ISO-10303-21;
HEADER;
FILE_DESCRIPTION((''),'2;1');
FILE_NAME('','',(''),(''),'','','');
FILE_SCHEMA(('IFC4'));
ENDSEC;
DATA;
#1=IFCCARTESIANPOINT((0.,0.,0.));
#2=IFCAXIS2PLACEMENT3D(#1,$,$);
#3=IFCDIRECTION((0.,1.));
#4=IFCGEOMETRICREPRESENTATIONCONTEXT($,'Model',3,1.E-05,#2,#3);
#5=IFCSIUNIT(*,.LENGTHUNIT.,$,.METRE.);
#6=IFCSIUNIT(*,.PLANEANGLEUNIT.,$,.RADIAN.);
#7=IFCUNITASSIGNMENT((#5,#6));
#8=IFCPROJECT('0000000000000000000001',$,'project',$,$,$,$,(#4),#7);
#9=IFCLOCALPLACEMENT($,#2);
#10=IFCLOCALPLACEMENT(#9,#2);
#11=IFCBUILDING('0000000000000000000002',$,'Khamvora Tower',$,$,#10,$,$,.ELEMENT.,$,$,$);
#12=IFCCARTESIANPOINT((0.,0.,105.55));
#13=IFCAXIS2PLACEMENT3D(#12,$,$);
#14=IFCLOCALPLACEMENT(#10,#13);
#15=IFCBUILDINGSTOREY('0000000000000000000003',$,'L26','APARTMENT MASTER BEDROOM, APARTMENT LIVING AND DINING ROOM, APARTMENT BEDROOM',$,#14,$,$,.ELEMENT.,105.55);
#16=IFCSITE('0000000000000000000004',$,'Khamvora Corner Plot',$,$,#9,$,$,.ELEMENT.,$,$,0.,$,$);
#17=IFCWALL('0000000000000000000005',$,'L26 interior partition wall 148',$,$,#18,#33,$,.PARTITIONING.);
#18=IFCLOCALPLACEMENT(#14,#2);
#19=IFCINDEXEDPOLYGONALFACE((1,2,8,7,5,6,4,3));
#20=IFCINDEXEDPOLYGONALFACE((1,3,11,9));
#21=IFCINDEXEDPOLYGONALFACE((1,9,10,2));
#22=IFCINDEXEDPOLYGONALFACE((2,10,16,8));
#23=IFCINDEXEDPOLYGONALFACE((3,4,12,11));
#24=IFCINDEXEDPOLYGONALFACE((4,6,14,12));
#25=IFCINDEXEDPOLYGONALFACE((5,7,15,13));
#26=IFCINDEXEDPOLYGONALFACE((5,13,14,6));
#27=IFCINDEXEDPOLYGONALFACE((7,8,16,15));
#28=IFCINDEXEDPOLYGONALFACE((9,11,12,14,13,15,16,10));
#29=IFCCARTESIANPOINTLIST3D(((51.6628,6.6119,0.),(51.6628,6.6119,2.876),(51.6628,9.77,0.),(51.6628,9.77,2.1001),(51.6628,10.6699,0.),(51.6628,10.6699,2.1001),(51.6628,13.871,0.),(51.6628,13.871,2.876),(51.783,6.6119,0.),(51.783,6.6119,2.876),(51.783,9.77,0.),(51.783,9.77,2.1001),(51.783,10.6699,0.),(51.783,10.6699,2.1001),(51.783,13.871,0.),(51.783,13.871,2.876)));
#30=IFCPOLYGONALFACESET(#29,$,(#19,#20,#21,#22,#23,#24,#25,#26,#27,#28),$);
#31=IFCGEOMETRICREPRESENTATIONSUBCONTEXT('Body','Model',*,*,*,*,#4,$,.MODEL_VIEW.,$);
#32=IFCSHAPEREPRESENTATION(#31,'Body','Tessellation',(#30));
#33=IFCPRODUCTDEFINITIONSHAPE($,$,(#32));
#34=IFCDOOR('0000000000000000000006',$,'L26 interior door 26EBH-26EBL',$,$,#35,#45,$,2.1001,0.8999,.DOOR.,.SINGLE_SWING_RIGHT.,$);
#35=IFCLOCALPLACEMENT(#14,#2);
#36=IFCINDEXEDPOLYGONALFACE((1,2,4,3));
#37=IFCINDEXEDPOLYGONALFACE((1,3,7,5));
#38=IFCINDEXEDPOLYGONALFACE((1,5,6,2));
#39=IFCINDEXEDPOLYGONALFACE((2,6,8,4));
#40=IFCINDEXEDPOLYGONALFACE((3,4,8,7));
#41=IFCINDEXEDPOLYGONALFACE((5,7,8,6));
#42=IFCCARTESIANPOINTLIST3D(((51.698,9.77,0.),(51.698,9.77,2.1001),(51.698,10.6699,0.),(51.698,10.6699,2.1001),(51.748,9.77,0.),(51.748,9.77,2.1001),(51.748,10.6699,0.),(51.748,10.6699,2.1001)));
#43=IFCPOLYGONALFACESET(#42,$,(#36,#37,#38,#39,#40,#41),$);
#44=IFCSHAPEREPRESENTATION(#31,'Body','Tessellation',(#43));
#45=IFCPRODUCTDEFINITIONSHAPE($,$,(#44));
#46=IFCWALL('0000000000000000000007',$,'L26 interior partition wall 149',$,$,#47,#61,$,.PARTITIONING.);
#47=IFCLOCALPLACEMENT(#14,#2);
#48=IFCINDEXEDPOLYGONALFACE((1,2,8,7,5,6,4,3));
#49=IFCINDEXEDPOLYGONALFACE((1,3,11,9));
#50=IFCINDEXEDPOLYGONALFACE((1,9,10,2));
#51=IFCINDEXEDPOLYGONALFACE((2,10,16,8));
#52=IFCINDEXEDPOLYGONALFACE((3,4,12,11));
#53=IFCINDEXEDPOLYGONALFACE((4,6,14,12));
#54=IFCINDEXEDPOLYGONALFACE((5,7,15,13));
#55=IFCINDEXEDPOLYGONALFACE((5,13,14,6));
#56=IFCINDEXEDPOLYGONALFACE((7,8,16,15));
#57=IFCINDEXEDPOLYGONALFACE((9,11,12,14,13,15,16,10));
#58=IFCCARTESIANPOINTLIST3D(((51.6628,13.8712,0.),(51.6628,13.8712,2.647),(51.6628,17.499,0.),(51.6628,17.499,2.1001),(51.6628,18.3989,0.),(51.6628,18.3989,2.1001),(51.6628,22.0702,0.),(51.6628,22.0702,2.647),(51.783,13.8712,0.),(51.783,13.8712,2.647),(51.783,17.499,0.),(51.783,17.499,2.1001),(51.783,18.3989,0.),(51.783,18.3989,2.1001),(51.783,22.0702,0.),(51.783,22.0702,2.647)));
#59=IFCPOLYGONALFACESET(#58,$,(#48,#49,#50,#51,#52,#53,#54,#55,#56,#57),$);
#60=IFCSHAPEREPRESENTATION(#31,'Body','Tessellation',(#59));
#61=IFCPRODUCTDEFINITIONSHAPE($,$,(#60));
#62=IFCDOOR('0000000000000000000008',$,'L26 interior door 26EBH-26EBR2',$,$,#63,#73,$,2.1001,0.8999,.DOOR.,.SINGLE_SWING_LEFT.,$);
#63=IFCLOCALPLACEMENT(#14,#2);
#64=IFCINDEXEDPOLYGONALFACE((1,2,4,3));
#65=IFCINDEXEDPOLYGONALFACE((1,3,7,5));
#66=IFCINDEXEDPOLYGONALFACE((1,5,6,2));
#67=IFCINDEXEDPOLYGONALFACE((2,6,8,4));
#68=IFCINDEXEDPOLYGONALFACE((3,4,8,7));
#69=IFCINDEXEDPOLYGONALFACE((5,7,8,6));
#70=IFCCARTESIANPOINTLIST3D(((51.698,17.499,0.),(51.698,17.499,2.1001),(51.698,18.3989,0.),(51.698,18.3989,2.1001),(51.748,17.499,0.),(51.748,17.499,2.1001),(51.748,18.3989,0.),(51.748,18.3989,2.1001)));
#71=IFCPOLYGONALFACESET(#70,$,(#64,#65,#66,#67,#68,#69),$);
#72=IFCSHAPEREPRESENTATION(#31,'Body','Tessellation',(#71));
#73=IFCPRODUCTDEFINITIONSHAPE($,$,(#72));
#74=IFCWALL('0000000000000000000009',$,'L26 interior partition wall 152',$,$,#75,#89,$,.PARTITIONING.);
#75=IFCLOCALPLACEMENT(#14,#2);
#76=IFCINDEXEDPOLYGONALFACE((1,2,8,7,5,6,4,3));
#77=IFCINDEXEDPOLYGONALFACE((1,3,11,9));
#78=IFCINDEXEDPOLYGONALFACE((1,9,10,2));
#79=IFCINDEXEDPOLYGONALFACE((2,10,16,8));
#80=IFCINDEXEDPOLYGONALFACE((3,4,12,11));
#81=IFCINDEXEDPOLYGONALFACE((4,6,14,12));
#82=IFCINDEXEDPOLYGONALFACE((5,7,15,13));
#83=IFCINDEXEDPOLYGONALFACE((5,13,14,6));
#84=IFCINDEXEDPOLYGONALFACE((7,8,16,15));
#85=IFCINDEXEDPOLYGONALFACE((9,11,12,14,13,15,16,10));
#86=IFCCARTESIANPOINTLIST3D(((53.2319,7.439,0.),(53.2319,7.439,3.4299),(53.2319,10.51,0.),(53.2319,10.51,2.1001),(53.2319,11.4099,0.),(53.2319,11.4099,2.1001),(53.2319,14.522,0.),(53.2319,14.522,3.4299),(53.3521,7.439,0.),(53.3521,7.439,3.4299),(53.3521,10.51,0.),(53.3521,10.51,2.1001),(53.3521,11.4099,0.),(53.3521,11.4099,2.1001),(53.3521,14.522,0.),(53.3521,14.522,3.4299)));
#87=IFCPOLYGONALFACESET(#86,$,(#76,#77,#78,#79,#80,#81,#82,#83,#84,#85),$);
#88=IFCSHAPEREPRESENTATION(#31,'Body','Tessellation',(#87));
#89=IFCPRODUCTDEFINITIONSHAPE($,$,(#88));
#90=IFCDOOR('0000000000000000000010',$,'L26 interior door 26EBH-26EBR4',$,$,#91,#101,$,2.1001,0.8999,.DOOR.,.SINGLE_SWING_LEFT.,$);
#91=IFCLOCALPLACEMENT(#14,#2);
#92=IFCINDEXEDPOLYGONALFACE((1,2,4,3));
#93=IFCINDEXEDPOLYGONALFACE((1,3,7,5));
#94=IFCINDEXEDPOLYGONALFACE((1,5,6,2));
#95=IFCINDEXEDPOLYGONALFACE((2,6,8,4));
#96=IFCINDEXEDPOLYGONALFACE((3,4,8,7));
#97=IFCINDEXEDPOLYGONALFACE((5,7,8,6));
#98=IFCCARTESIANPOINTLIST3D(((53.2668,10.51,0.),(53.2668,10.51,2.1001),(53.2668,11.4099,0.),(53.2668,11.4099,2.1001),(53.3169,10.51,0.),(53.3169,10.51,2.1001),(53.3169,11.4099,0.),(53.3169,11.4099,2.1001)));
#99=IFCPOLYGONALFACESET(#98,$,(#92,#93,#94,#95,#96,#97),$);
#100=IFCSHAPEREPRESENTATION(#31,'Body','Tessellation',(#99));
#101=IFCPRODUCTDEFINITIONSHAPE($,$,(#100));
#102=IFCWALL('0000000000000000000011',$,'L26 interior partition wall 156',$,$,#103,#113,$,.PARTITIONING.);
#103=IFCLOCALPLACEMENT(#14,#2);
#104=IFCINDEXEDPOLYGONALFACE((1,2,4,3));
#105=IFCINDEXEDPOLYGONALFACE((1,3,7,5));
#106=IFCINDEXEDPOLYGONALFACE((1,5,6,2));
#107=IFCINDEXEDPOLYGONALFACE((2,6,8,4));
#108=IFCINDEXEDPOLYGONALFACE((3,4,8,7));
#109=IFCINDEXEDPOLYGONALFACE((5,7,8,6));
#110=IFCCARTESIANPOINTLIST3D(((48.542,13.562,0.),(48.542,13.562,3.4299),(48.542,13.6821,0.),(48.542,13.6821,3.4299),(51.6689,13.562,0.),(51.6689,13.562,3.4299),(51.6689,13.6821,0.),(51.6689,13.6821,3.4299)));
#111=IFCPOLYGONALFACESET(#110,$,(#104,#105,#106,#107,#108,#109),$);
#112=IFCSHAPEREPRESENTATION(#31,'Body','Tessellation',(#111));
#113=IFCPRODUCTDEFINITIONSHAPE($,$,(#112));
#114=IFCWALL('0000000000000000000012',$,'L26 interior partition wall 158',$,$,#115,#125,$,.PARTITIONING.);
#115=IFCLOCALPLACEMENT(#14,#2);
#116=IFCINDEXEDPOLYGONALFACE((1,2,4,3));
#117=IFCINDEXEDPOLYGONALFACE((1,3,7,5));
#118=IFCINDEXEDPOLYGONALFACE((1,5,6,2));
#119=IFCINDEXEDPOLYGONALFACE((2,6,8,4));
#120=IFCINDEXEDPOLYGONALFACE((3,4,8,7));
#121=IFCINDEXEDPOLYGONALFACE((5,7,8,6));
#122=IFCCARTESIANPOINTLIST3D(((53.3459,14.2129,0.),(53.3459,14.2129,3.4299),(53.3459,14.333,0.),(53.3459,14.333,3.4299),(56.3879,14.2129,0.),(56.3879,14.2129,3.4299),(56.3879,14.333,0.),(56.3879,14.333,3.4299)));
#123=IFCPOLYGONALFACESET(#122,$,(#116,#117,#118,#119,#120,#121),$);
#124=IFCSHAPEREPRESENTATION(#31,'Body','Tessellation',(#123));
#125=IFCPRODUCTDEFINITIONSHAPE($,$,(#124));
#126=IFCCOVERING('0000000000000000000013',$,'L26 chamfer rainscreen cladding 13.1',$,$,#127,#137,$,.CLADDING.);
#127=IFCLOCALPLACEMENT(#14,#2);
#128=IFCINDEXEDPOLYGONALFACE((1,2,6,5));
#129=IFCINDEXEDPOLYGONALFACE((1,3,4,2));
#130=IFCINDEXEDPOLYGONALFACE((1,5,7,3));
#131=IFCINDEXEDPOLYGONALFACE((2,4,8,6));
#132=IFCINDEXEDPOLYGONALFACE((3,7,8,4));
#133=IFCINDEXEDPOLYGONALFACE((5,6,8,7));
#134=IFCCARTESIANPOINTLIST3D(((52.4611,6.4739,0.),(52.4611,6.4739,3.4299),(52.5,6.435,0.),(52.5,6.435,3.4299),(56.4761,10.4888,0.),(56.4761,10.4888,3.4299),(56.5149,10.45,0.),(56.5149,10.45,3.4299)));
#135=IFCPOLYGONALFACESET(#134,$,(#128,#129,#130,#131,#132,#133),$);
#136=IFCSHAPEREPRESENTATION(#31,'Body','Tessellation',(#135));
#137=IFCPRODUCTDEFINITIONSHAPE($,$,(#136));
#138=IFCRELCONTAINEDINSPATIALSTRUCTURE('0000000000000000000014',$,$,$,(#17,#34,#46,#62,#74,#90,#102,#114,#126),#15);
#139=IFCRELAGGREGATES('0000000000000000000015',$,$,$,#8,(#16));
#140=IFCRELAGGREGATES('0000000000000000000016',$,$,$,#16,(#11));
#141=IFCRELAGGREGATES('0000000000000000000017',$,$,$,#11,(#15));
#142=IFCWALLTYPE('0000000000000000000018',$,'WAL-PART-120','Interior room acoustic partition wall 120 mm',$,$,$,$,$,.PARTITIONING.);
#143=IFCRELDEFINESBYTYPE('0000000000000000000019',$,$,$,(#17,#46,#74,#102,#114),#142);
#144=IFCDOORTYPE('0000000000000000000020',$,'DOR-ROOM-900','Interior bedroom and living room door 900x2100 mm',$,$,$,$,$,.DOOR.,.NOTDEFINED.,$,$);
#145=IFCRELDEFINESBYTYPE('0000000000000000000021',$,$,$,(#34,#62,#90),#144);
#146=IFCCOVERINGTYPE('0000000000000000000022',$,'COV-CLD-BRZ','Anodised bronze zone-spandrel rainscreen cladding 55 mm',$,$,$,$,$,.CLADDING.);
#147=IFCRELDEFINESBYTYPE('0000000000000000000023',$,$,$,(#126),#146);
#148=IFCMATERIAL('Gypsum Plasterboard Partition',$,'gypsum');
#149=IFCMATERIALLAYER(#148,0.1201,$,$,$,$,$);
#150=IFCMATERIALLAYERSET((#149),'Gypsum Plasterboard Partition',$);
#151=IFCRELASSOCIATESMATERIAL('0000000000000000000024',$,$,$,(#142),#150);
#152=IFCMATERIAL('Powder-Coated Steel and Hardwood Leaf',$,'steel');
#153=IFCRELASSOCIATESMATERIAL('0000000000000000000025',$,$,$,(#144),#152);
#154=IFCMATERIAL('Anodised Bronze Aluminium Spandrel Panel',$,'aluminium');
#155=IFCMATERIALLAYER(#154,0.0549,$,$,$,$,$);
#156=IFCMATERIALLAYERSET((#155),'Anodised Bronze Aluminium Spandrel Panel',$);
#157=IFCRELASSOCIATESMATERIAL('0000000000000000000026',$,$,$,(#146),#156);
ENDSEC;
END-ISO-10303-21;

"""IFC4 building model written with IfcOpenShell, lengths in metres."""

from ifc_helpers import new_model, si_unit, direction, frame, frame_2d, origin, origin_2d, place, context, subcontext, project, spatial, rectangle, extrude, material, layer, layer_set, type_object, element, fill, save


model = new_model("IFC4")

# Units and contexts
model_context = context("Model", 3, precision=1e-05, world=origin(), true_north=direction((0.0, 1.0)))
body_context = subcontext(model_context, "Body", "Model", "MODEL_VIEW")
ifc_project = project(units=[si_unit("LENGTHUNIT", "METRE"), si_unit("PLANEANGLEUNIT", "RADIAN")], contexts=[model_context])

# Site, building, storey
site_placement = place(None, origin())
site = spatial("IfcSite", under=ifc_project, at=site_placement, Name="Khamvora Corner Plot", CompositionType="ELEMENT", RefElevation=0.0)
building_placement = place(site_placement, origin())
building = spatial("IfcBuilding", under=site, at=building_placement, Name="Khamvora Tower", CompositionType="ELEMENT")
storey_placement = place(building_placement, frame((0.0, 0.0, 105.55)))
storey = spatial("IfcBuildingStorey", under=building, at=storey_placement, Name="L26", Description="APARTMENT MASTER BEDROOM, APARTMENT LIVING AND DINING ROOM, APARTMENT BEDROOM", CompositionType="ELEMENT", Elevation=105.55)

# Walls, openings, doors
ifc_material_1 = material(Name="Gypsum Plasterboard Partition", Category="gypsum")
ifc_layer_1 = layer(ifc_material_1, 0.1201)
ifc_layer_set_1 = layer_set([ifc_layer_1], Name="Gypsum Plasterboard Partition")
wall_type_1 = type_object("IfcWallType", Name="WAL-PART-120", Description="Interior room acoustic partition wall 120 mm", PredefinedType="PARTITIONING", material=ifc_layer_set_1)
wall_1_placement = place(storey_placement, frame((51.7229, 6.6121, 0.0), z_axis=(0.0, 0.0, 1.0), x_axis=(0.0, 1.0, 0.0)))
wall_1 = element("IfcWall", 1, at=wall_1_placement, inside=storey, type_object=wall_type_1, Name="L26 interior partition wall 148", PredefinedType="PARTITIONING", context=body_context, shape_type="SweptSolid", body=[
    extrude(rectangle(XDim=7.259, YDim=0.1201, at=frame_2d((3.6294, 0.0))), origin(), (0.0, 0.0, 1.0), 2.876),
])
opening_1_placement = place(wall_1_placement, frame((3.158, 0.0, 0.0)))
opening_1 = element("IfcOpeningElement", 2, at=opening_1_placement, cuts=wall_1, PredefinedType="OPENING", context=body_context, shape_type="SweptSolid", body=[
    extrude(rectangle(XDim=0.8999, YDim=2.1001, at=frame_2d((0.45, 1.05))), frame((0.0, 0.0701, 0.0), z_axis=(0.0, -1.0, 0.0), x_axis=(1.0, 0.0, 0.0)), (0.0, 0.0, 1.0), 0.1401),
])
ifc_material_2 = material(Name="Powder-Coated Steel and Hardwood Leaf", Category="steel")
door_type = type_object("IfcDoorType", Name="DOR-ROOM-900", Description="Interior bedroom and living room door 900x2100 mm", OperationType="NOTDEFINED", PredefinedType="DOOR", material=ifc_material_2)
door_1_placement = place(opening_1_placement, origin())
door_1 = element("IfcDoor", 3, at=door_1_placement, inside=storey, type_object=door_type, Name="L26 interior door 26EBH-26EBL", OperationType="SINGLE_SWING_RIGHT", OverallHeight=2.1001, OverallWidth=0.8999, PredefinedType="DOOR", context=body_context, shape_type="SweptSolid", body=[
    extrude(rectangle(XDim=0.8999, YDim=2.1001, at=frame_2d((0.45, 1.05))), frame((0.0, 0.0249, 0.0), z_axis=(0.0, -1.0, 0.0), x_axis=(1.0, 0.0, 0.0)), (0.0, 0.0, 1.0), 0.05),
])
fill(opening_1, door_1)
wall_2_placement = place(storey_placement, frame((51.7229, 13.8711, 0.0), z_axis=(0.0, 0.0, 1.0), x_axis=(0.0, 1.0, 0.0)))
wall_2 = element("IfcWall", 4, at=wall_2_placement, inside=storey, type_object=wall_type_1, Name="L26 interior partition wall 149", PredefinedType="PARTITIONING", context=body_context, shape_type="SweptSolid", body=[
    extrude(rectangle(XDim=8.199, YDim=0.1201, at=frame_2d((4.0996, 0.0))), origin(), (0.0, 0.0, 1.0), 2.647),
])
opening_2_placement = place(wall_2_placement, frame((3.6279, 0.0, 0.0)))
opening_2 = element("IfcOpeningElement", 5, at=opening_2_placement, cuts=wall_2, PredefinedType="OPENING", context=body_context, shape_type="SweptSolid", body=[
    extrude(rectangle(XDim=0.8999, YDim=2.1001, at=frame_2d((0.45, 1.05))), frame((0.0, 0.0701, 0.0), z_axis=(0.0, -1.0, 0.0), x_axis=(1.0, 0.0, 0.0)), (0.0, 0.0, 1.0), 0.1401),
])
door_2_placement = place(opening_2_placement, origin())
door_2 = element("IfcDoor", 6, at=door_2_placement, inside=storey, type_object=door_type, Name="L26 interior door 26EBH-26EBR2", OperationType="SINGLE_SWING_LEFT", OverallHeight=2.1001, OverallWidth=0.8999, PredefinedType="DOOR", context=body_context, shape_type="SweptSolid", body=[
    extrude(rectangle(XDim=0.8999, YDim=2.1001, at=frame_2d((0.45, 1.05))), frame((0.0, 0.0249, 0.0), z_axis=(0.0, -1.0, 0.0), x_axis=(1.0, 0.0, 0.0)), (0.0, 0.0, 1.0), 0.05),
])
fill(opening_2, door_2)
wall_3_placement = place(storey_placement, frame((53.292, 14.522, 0.0), z_axis=(0.0, 0.0, 1.0), x_axis=(0.0, -1.0, 0.0)))
wall_3 = element("IfcWall", 7, at=wall_3_placement, inside=storey, type_object=wall_type_1, Name="L26 interior partition wall 152", PredefinedType="PARTITIONING", context=body_context, shape_type="SweptSolid", body=[
    extrude(rectangle(XDim=7.083, YDim=0.1201, at=frame_2d((3.5415, 0.0))), origin(), (0.0, 0.0, 1.0), 3.4299),
])
opening_3_placement = place(wall_3_placement, frame((3.1121, 0.0, 0.0)))
opening_3 = element("IfcOpeningElement", 8, at=opening_3_placement, cuts=wall_3, PredefinedType="OPENING", context=body_context, shape_type="SweptSolid", body=[
    extrude(rectangle(XDim=0.8999, YDim=2.1001, at=frame_2d((0.45, 1.05))), frame((0.0, 0.0701, 0.0), z_axis=(0.0, -1.0, 0.0), x_axis=(1.0, 0.0, 0.0)), (0.0, 0.0, 1.0), 0.1401),
])
door_3_placement = place(opening_3_placement, origin())
door_3 = element("IfcDoor", 9, at=door_3_placement, inside=storey, type_object=door_type, Name="L26 interior door 26EBH-26EBR4", OperationType="SINGLE_SWING_LEFT", OverallHeight=2.1001, OverallWidth=0.8999, PredefinedType="DOOR", context=body_context, shape_type="SweptSolid", body=[
    extrude(rectangle(XDim=0.8999, YDim=2.1001, at=frame_2d((0.45, 1.05))), frame((0.0, 0.0249, 0.0), z_axis=(0.0, -1.0, 0.0), x_axis=(1.0, 0.0, 0.0)), (0.0, 0.0, 1.0), 0.05),
])
fill(opening_3, door_3)

# Walls
wall_4_placement = place(storey_placement, frame((48.542, 13.6221, 0.0), z_axis=(0.0, 0.0, 1.0), x_axis=(1.0, 0.0, 0.0)))
element("IfcWall", 10, at=wall_4_placement, inside=storey, type_object=wall_type_1, Name="L26 interior partition wall 156", PredefinedType="PARTITIONING", context=body_context, shape_type="SweptSolid", body=[
    extrude(rectangle(XDim=3.127, YDim=0.1201, at=frame_2d((1.5635, 0.0))), origin(), (0.0, 0.0, 1.0), 3.4299),
])
wall_5_placement = place(storey_placement, frame((53.3459, 14.2729, 0.0), z_axis=(0.0, 0.0, 1.0), x_axis=(1.0, 0.0, 0.0)))
element("IfcWall", 11, at=wall_5_placement, inside=storey, type_object=wall_type_1, Name="L26 interior partition wall 158", PredefinedType="PARTITIONING", context=body_context, shape_type="SweptSolid", body=[
    extrude(rectangle(XDim=3.042, YDim=0.1201, at=frame_2d((1.521, 0.0))), origin(), (0.0, 0.0, 1.0), 3.4299),
])

# Covering
ifc_material_3 = material(Name="Anodised Bronze Aluminium Spandrel Panel", Category="aluminium")
ifc_layer_2 = layer(ifc_material_3, 0.0549)
ifc_layer_set_2 = layer_set([ifc_layer_2], Name="Anodised Bronze Aluminium Spandrel Panel")
covering_type = type_object("IfcCoveringType", Name="COV-CLD-BRZ", Description="Anodised bronze zone-spandrel rainscreen cladding 55 mm", PredefinedType="CLADDING", material=ifc_layer_set_2)
covering_placement = place(storey_placement, frame((54.488, 8.4619, 0.0), z_axis=(0.0, 0.0, 1.0), x_axis=(-0.707107, -0.707107, 0.0)))
element("IfcCovering", 12, at=covering_placement, inside=storey, type_object=covering_type, Name="L26 chamfer rainscreen cladding 13.1", PredefinedType="CLADDING", context=body_context, shape_type="SweptSolid", body=[
    extrude(rectangle(XDim=5.678, YDim=0.0549, at=origin_2d()), origin(), (0.0, 0.0, 1.0), 3.4299),
])

save(model, "model.ifc")
